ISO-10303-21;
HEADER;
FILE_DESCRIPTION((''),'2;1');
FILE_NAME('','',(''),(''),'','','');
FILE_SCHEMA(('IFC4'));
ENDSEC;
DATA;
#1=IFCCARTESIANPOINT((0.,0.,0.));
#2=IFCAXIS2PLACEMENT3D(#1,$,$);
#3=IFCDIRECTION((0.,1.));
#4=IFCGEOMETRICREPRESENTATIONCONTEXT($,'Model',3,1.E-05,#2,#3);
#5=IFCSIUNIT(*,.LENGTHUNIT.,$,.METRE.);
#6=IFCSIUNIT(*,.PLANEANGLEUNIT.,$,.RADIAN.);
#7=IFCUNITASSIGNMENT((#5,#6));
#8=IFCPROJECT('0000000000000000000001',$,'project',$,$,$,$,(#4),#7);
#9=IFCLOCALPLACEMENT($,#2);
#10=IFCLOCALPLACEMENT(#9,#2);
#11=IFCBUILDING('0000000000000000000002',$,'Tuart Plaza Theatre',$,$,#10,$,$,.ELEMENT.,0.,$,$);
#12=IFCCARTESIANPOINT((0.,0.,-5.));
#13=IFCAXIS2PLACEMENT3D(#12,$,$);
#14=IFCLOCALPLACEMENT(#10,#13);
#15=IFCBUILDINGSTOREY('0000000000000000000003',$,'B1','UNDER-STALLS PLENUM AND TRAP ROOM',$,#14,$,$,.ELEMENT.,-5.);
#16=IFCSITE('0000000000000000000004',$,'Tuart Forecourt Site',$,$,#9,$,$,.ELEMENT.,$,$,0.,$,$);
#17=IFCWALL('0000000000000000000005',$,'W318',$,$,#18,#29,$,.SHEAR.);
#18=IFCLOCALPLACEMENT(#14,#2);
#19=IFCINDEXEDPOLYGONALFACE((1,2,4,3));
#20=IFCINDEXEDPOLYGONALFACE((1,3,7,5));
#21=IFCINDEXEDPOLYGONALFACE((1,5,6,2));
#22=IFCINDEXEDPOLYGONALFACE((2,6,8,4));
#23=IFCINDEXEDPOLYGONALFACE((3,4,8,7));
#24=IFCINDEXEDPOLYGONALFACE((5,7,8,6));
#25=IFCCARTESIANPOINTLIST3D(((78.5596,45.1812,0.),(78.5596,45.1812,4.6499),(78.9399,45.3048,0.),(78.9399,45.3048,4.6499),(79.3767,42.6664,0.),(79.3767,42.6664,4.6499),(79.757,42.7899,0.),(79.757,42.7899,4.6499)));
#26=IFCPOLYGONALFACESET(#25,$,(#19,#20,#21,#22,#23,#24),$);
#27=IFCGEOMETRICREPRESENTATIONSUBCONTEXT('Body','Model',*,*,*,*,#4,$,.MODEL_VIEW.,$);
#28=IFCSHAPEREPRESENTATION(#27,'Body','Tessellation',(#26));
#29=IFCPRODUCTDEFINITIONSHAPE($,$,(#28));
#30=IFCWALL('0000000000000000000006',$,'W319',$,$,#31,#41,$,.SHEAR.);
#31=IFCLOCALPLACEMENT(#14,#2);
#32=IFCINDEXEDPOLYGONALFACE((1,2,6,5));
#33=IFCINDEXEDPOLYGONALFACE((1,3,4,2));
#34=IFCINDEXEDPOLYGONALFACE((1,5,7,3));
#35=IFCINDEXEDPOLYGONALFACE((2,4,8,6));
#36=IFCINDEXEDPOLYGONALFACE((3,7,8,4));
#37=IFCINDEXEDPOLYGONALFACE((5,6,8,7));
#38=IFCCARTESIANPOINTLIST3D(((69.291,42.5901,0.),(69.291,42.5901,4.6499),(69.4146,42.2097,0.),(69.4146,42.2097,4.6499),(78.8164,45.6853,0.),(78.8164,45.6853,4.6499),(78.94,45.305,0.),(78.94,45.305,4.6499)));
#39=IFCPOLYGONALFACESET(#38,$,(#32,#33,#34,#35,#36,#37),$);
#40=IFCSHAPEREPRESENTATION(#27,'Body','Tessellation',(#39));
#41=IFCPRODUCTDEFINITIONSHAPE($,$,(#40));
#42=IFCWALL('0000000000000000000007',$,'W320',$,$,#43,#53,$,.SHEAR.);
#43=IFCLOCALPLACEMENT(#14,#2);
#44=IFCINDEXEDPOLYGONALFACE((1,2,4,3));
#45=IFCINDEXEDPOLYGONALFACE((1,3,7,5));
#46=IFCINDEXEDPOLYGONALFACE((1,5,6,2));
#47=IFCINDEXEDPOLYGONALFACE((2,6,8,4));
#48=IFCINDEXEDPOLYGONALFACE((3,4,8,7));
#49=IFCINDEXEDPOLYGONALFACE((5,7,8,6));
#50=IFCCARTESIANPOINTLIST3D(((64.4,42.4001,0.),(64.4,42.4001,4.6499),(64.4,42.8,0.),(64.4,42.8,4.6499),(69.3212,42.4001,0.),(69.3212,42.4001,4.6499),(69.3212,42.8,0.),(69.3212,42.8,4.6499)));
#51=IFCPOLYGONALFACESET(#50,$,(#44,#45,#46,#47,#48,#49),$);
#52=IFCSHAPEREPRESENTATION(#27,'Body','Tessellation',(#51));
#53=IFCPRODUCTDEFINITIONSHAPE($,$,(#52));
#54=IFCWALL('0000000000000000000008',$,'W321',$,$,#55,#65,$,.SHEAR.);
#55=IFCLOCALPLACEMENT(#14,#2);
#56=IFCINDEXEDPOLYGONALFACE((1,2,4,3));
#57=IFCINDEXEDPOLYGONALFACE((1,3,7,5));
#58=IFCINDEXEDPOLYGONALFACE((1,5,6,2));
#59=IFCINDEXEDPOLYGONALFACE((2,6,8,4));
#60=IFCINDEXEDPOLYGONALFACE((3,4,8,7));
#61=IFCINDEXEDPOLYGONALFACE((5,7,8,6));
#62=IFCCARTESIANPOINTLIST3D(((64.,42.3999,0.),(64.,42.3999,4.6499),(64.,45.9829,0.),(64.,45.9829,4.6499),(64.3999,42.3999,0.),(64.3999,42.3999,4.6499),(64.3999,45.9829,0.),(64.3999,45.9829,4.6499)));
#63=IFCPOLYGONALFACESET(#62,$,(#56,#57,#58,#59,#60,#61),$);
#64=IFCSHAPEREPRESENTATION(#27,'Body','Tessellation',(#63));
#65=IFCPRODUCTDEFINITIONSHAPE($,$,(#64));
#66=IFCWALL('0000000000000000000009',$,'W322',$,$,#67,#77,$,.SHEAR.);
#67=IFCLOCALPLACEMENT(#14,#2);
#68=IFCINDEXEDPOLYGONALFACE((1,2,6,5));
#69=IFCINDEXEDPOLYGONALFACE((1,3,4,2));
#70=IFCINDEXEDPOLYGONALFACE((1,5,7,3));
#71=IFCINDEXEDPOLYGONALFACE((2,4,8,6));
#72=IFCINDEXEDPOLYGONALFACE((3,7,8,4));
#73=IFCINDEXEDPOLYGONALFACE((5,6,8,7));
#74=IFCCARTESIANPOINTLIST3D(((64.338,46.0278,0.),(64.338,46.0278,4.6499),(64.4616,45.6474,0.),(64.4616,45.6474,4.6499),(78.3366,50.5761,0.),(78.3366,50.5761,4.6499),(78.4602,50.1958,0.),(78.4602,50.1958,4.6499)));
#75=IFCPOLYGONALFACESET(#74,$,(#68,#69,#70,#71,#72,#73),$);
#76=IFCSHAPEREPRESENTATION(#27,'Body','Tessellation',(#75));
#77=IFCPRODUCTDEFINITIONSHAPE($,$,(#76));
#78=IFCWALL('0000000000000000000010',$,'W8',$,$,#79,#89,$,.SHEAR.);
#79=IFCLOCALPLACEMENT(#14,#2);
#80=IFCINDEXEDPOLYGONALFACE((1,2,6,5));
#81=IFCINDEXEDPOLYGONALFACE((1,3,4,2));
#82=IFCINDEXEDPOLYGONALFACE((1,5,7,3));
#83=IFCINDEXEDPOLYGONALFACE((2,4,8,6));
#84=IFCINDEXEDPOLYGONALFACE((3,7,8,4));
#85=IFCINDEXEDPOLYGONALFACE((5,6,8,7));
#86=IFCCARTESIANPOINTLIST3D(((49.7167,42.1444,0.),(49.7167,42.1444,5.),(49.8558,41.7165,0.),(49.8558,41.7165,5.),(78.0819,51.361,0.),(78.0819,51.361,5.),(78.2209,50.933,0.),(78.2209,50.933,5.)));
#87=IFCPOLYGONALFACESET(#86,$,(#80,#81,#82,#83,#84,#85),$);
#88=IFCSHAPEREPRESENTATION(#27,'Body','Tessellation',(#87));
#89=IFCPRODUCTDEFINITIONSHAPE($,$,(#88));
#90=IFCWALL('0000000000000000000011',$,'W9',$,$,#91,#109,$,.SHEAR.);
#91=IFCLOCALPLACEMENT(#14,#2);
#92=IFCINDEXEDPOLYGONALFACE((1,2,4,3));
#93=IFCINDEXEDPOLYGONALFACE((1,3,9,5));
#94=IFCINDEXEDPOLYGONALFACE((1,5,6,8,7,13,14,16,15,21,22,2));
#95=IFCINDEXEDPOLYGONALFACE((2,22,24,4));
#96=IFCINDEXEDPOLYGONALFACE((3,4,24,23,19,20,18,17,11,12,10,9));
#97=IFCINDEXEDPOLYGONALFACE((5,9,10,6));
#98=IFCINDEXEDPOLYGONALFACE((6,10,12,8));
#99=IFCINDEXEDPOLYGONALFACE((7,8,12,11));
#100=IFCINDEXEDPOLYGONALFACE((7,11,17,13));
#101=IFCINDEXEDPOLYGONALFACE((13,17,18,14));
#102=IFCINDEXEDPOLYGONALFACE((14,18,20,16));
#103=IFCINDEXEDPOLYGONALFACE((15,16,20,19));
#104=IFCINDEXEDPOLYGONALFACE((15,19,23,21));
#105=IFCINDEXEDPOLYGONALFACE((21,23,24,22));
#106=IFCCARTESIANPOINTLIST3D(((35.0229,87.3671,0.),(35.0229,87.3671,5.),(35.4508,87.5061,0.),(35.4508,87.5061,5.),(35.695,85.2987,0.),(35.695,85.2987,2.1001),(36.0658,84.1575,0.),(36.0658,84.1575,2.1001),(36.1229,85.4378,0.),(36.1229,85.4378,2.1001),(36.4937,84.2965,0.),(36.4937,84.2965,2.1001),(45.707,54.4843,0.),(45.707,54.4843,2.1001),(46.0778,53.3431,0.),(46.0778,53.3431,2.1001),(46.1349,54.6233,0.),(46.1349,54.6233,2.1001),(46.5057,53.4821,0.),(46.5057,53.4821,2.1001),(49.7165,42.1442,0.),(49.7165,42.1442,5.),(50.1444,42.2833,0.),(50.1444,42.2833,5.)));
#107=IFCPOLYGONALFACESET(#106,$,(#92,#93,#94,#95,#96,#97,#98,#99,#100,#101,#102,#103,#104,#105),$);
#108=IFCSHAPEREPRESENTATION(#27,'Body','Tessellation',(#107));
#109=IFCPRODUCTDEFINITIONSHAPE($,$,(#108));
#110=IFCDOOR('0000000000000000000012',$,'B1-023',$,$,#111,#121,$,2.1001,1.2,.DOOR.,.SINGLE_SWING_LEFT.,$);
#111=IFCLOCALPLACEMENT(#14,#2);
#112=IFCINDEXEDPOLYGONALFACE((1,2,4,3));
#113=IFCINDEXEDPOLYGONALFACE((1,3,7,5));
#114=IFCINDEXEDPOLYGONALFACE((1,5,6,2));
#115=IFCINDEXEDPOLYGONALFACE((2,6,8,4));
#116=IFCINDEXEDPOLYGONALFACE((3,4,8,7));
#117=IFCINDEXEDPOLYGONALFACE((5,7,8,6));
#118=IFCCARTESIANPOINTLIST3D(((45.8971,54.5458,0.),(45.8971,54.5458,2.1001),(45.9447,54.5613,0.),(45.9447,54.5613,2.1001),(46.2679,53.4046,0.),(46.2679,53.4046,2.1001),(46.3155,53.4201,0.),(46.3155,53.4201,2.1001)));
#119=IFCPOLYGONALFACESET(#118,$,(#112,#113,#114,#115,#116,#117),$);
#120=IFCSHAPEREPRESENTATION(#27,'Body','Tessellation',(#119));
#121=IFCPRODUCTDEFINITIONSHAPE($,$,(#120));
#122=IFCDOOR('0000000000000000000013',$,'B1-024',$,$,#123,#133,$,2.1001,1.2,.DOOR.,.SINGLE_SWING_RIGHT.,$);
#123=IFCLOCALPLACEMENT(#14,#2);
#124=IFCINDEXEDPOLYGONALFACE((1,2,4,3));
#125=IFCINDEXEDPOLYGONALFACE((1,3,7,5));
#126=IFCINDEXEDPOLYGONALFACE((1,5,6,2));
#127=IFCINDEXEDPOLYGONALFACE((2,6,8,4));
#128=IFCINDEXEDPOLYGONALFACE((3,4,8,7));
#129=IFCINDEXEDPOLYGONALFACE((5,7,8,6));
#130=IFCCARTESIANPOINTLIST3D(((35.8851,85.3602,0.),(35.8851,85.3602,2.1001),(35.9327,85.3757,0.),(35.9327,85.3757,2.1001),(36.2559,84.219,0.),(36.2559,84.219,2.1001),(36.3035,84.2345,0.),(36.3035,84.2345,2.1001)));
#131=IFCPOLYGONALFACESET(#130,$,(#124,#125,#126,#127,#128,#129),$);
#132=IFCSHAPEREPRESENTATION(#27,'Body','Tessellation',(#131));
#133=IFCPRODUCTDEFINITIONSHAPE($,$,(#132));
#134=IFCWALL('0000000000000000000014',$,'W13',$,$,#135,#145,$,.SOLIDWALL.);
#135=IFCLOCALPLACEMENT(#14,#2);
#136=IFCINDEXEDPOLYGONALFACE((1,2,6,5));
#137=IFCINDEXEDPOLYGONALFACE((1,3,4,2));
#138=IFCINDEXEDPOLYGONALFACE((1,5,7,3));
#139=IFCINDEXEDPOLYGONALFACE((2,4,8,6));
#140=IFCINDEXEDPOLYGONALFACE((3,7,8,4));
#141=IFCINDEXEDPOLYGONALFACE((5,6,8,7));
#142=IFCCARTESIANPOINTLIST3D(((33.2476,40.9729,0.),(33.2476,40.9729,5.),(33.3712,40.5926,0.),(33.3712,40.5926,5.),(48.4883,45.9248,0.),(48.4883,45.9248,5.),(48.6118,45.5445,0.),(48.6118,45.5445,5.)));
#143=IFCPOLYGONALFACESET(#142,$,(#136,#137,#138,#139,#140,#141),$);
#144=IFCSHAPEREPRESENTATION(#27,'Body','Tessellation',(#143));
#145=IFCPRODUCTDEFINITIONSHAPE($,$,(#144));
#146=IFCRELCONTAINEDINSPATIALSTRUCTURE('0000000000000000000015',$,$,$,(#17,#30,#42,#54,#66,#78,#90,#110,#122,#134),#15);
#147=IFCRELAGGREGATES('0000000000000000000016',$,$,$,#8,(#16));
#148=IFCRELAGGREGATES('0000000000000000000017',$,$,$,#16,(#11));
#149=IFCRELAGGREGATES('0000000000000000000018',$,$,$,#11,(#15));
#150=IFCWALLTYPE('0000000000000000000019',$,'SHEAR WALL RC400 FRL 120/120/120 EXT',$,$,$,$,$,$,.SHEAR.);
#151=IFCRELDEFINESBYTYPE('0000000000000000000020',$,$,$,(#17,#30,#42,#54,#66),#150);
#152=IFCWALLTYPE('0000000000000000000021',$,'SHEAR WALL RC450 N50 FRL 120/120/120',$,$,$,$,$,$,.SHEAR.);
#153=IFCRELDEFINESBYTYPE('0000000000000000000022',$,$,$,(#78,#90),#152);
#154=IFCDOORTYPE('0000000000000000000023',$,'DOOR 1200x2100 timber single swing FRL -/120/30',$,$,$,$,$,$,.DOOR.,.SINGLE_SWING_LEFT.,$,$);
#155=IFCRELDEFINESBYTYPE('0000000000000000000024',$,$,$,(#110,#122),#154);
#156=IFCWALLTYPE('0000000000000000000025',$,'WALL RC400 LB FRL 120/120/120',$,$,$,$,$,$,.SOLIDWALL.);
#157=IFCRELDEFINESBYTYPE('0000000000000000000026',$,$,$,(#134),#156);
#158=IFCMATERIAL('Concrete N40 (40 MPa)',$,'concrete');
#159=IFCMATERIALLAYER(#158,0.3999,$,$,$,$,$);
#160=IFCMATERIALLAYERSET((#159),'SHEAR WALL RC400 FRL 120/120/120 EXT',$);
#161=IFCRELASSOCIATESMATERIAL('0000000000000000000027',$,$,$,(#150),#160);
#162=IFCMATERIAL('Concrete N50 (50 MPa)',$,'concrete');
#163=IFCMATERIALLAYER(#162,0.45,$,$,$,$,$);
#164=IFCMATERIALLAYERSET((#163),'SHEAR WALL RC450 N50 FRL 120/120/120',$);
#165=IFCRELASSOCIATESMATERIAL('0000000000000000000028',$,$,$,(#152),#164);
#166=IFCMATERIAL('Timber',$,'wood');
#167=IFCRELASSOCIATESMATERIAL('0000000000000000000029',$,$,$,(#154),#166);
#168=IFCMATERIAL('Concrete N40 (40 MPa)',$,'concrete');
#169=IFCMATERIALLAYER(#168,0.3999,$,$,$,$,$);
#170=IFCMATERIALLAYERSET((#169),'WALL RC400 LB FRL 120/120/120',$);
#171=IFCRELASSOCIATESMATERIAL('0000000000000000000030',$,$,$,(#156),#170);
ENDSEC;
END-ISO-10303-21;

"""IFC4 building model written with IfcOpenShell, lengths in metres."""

from ifc_helpers import new_model, si_unit, direction, frame, frame_2d, origin, place, context, subcontext, project, spatial, rectangle, extrude, material, layer, layer_set, type_object, element, fill, save


model = new_model("IFC4")

# Units and contexts
model_context = context("Model", 3, precision=1e-05, world=origin(), true_north=direction((0.0, 1.0)))
body_context = subcontext(model_context, "Body", "Model", "MODEL_VIEW")
ifc_project = project(units=[si_unit("LENGTHUNIT", "METRE"), si_unit("PLANEANGLEUNIT", "RADIAN")], contexts=[model_context])

# Site, building, storey
site_placement = place(None, origin())
site = spatial("IfcSite", under=ifc_project, at=site_placement, Name="Tuart Forecourt Site", CompositionType="ELEMENT", RefElevation=0.0)
building_placement = place(site_placement, origin())
building = spatial("IfcBuilding", under=site, at=building_placement, Name="Tuart Plaza Theatre", CompositionType="ELEMENT", ElevationOfRefHeight=0.0)
storey_placement = place(building_placement, frame((0.0, 0.0, -5.0)))
storey = spatial("IfcBuildingStorey", under=building, at=storey_placement, Name="B1", Description="UNDER-STALLS PLENUM AND TRAP ROOM", CompositionType="ELEMENT", Elevation=-5.0)

# Walls
ifc_material_1 = material(Name="Concrete N40 (40 MPa)", Category="concrete")
ifc_layer_1 = layer(ifc_material_1, 0.3999)
ifc_layer_set_1 = layer_set([ifc_layer_1], Name="SHEAR WALL RC400 FRL 120/120/120 EXT")
wall_type_1 = type_object("IfcWallType", Name="SHEAR WALL RC400 FRL 120/120/120 EXT", PredefinedType="SHEAR", material=ifc_layer_set_1)
wall_1_placement = place(storey_placement, frame((79.5669, 42.728, 0.0), z_axis=(0.0, 0.0, 1.0), x_axis=(-0.309017, 0.951056, 0.0)))
element("IfcWall", 1, at=wall_1_placement, inside=storey, type_object=wall_type_1, Name="W318", PredefinedType="SHEAR", context=body_context, shape_type="SweptSolid", body=[
    extrude(rectangle(XDim=2.6443, YDim=0.3999, at=frame_2d((1.3223, 0.0))), origin(), (0.0, 0.0, 1.0), 4.6499),
])
wall_2_placement = place(storey_placement, frame((78.8782, 45.4951, 0.0), z_axis=(0.0, 0.0, 1.0), x_axis=(-0.95105, -0.309038, 0.0)))
element("IfcWall", 2, at=wall_2_placement, inside=storey, type_object=wall_type_1, Name="W319", PredefinedType="SHEAR", context=body_context, shape_type="SweptSolid", body=[
    extrude(rectangle(XDim=10.0156, YDim=0.3999, at=frame_2d((5.0078, 0.0))), origin(), (0.0, 0.0, 1.0), 4.6499),
])
wall_3_placement = place(storey_placement, frame((69.321, 42.6001, 0.0), z_axis=(0.0, 0.0, 1.0), x_axis=(-1.0, 0.0, 0.0)))
element("IfcWall", 3, at=wall_3_placement, inside=storey, type_object=wall_type_1, Name="W320", PredefinedType="SHEAR", context=body_context, shape_type="SweptSolid", body=[
    extrude(rectangle(XDim=4.9211, YDim=0.3999, at=frame_2d((2.4604, 0.0))), origin(), (0.0, 0.0, 1.0), 4.6499),
])
wall_4_placement = place(storey_placement, frame((64.2, 42.3999, 0.0), z_axis=(0.0, 0.0, 1.0), x_axis=(0.0, 1.0, 0.0)))
element("IfcWall", 4, at=wall_4_placement, inside=storey, type_object=wall_type_1, Name="W321", PredefinedType="SHEAR", context=body_context, shape_type="SweptSolid", body=[
    extrude(rectangle(XDim=3.583, YDim=0.3999, at=frame_2d((1.7915, 0.0))), origin(), (0.0, 0.0, 1.0), 4.6499),
])
wall_5_placement = place(storey_placement, frame((64.3999, 45.8376, 0.0), z_axis=(0.0, 0.0, 1.0), x_axis=(0.951058, 0.309013, 0.0)))
element("IfcWall", 5, at=wall_5_placement, inside=storey, type_object=wall_type_1, Name="W322", PredefinedType="SHEAR", context=body_context, shape_type="SweptSolid", body=[
    extrude(rectangle(XDim=14.719, YDim=0.3999, at=frame_2d((7.3594, 0.0))), origin(), (0.0, 0.0, 1.0), 4.6499),
])
ifc_material_2 = material(Name="Concrete N50 (50 MPa)", Category="concrete")
ifc_layer_2 = layer(ifc_material_2, 0.45)
ifc_layer_set_2 = layer_set([ifc_layer_2], Name="SHEAR WALL RC450 N50 FRL 120/120/120")
wall_type_2 = type_object("IfcWallType", Name="SHEAR WALL RC450 N50 FRL 120/120/120", PredefinedType="SHEAR", material=ifc_layer_set_2)
wall_6_placement = place(storey_placement, frame((49.7861, 41.9304, 0.0), z_axis=(0.0, 0.0, 1.0), x_axis=(0.951055, 0.309021, 0.0)))
element("IfcWall", 6, at=wall_6_placement, inside=storey, type_object=wall_type_2, Name="W8", PredefinedType="SHEAR", context=body_context, shape_type="SweptSolid", body=[
    extrude(rectangle(XDim=29.825, YDim=0.45, at=frame_2d((14.9126, 0.0))), origin(), (0.0, 0.0, 1.0), 5.0),
])

# Wall, openings, doors
wall_7_placement = place(storey_placement, frame((49.9304, 42.2139, 0.0), z_axis=(0.0, 0.0, 1.0), x_axis=(-0.309013, 0.951058, 0.0)))
wall_7 = element("IfcWall", 7, at=wall_7_placement, inside=storey, type_object=wall_type_2, Name="W9", PredefinedType="SHEAR", context=body_context, shape_type="SweptSolid", body=[
    extrude(rectangle(XDim=47.55, YDim=0.45, at=frame_2d((23.7749, 0.0))), origin(), (0.0, 0.0, 1.0), 5.0),
])
opening_1_placement = place(wall_7_placement, frame((11.7749, 0.0, 0.0)))
opening_1 = element("IfcOpeningElement", 8, at=opening_1_placement, cuts=wall_7, PredefinedType="OPENING", context=body_context, shape_type="SweptSolid", body=[
    extrude(rectangle(XDim=1.2, YDim=2.1001, at=frame_2d((0.6001, 1.05))), frame((0.0, 0.2349, 0.0), z_axis=(0.0, -1.0, 0.0), x_axis=(1.0, 0.0, 0.0)), (0.0, 0.0, 1.0), 0.47),
])
opening_2_placement = place(wall_7_placement, frame((44.175, 0.0, 0.0)))
opening_2 = element("IfcOpeningElement", 9, at=opening_2_placement, cuts=wall_7, PredefinedType="OPENING", context=body_context, shape_type="SweptSolid", body=[
    extrude(rectangle(XDim=1.2, YDim=2.1001, at=frame_2d((0.6001, 1.05))), frame((0.0, 0.2349, 0.0), z_axis=(0.0, -1.0, 0.0), x_axis=(1.0, 0.0, 0.0)), (0.0, 0.0, 1.0), 0.47),
])
ifc_material_3 = material(Name="Timber", Category="wood")
door_type_1 = type_object("IfcDoorType", Name="DOOR 1200x2100 timber single swing FRL -/120/30", OperationType="SINGLE_SWING_LEFT", PredefinedType="DOOR", material=ifc_material_3)
door_1_placement = place(opening_1_placement, frame((1.2, 0.0, 0.0), z_axis=(0.0, 0.0, 1.0), x_axis=(-1.0, 0.0, 0.0)))
door_1 = element("IfcDoor", 10, at=door_1_placement, inside=storey, type_object=door_type_1, Name="B1-023", OperationType="SINGLE_SWING_LEFT", OverallHeight=2.1001, OverallWidth=1.2, PredefinedType="DOOR", context=body_context, shape_type="SweptSolid", body=[
    extrude(rectangle(XDim=1.2, YDim=2.1001, at=frame_2d((0.6001, 1.05))), frame((0.0, 0.0249, 0.0), z_axis=(0.0, -1.0, 0.0), x_axis=(1.0, 0.0, 0.0)), (0.0, 0.0, 1.0), 0.05),
])
fill(opening_1, door_1)
door_2_placement = place(opening_2_placement, frame((1.2, 0.0, 0.0), z_axis=(0.0, 0.0, 1.0), x_axis=(-1.0, 0.0, 0.0)))
door_2 = element("IfcDoor", 11, at=door_2_placement, inside=storey, type_object=door_type_1, Name="B1-024", OperationType="SINGLE_SWING_RIGHT", OverallHeight=2.1001, OverallWidth=1.2, PredefinedType="DOOR", context=body_context, shape_type="SweptSolid", body=[
    extrude(rectangle(XDim=1.2, YDim=2.1001, at=frame_2d((0.6001, 1.05))), frame((0.0, 0.0249, 0.0), z_axis=(0.0, -1.0, 0.0), x_axis=(1.0, 0.0, 0.0)), (0.0, 0.0, 1.0), 0.05),
])
fill(opening_2, door_2)

# Wall
ifc_material_4 = material(Name="Concrete N40 (40 MPa)", Category="concrete")
ifc_layer_3 = layer(ifc_material_4, 0.3999)
ifc_layer_set_3 = layer_set([ifc_layer_3], Name="WALL RC400 LB FRL 120/120/120")
wall_type_3 = type_object("IfcWallType", Name="WALL RC400 LB FRL 120/120/120", PredefinedType="SOLIDWALL", material=ifc_layer_set_3)
wall_8_placement = place(storey_placement, frame((48.55, 45.7346, 0.0), z_axis=(0.0, 0.0, 1.0), x_axis=(-0.951058, -0.309011, 0.0)))
element("IfcWall", 12, at=wall_8_placement, inside=storey, type_object=wall_type_3, Name="W13", PredefinedType="SOLIDWALL", context=body_context, shape_type="SweptSolid", body=[
    extrude(rectangle(XDim=16.0249, YDim=0.3999, at=frame_2d((8.0125, 0.0))), origin(), (0.0, 0.0, 1.0), 5.0),
])

save(model, "model.ifc")
